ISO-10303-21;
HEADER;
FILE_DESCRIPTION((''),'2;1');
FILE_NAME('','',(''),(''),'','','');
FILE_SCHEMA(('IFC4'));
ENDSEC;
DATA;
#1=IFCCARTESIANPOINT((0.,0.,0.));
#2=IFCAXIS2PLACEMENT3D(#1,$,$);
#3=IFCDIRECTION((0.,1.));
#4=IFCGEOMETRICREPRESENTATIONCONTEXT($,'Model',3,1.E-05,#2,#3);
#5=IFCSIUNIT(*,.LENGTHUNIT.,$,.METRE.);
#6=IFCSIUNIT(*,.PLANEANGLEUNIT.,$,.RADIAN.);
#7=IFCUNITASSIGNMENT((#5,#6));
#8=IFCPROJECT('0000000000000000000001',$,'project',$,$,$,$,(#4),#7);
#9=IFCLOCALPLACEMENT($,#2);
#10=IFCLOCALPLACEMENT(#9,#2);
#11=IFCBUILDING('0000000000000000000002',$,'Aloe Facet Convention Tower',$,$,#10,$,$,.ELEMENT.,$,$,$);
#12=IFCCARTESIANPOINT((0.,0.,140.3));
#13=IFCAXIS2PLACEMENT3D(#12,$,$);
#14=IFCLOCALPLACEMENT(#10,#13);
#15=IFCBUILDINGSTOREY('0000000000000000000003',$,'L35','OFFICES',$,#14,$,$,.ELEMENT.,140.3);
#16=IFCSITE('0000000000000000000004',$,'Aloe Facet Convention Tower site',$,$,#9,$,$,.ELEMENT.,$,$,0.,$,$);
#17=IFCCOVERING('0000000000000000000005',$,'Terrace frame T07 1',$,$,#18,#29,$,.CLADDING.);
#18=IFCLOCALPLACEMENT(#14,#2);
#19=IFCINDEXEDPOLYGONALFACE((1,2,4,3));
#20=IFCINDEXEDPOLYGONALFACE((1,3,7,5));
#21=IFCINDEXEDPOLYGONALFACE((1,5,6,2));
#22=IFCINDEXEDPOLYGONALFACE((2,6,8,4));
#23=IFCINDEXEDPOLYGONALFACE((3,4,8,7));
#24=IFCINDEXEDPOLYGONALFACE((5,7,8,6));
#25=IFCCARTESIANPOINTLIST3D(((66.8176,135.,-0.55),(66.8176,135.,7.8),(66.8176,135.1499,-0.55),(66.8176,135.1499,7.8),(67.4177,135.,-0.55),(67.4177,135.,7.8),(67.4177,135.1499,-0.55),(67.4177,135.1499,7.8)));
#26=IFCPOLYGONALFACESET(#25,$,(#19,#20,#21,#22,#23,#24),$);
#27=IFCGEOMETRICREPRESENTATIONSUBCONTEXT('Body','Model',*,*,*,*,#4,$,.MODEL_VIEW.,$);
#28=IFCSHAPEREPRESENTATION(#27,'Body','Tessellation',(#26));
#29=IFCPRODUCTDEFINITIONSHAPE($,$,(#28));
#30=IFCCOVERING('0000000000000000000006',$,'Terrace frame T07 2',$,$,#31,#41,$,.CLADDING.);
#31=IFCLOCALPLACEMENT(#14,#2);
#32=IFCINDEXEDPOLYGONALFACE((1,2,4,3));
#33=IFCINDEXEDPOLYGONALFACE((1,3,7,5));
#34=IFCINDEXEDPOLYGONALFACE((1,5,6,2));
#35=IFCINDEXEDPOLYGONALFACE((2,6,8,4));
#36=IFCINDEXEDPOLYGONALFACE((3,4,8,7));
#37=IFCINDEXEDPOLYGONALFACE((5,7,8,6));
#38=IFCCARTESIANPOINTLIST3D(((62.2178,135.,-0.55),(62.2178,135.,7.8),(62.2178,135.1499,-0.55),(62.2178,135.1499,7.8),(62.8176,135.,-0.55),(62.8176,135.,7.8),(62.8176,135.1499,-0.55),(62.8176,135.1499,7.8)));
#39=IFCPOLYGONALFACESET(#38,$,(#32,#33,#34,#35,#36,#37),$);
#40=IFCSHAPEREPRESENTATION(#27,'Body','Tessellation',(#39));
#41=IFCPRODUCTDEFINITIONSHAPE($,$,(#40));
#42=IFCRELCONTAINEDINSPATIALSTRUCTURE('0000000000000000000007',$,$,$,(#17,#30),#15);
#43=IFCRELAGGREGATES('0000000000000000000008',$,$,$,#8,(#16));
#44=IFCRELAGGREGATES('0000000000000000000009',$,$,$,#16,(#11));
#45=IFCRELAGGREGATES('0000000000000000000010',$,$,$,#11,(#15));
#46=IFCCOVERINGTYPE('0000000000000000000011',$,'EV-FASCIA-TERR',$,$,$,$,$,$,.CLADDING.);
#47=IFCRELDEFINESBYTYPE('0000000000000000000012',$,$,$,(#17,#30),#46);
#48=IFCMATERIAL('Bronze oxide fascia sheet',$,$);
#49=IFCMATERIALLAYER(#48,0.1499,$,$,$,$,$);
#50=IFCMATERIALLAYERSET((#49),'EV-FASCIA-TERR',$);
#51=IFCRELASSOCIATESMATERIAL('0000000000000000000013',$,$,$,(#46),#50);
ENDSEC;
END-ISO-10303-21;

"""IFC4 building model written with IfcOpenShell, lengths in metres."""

from ifc_helpers import new_model, si_unit, direction, frame, origin, place, context, subcontext, project, spatial, polyline, outline, extrude, material, layer, layer_set, type_object, element, save


model = new_model("IFC4")

# Units and contexts
model_context = context("Model", 3, precision=1e-05, world=origin(), true_north=direction((0.0, 1.0)))
body_context = subcontext(model_context, "Body", "Model", "MODEL_VIEW")
ifc_project = project(units=[si_unit("LENGTHUNIT", "METRE"), si_unit("PLANEANGLEUNIT", "RADIAN")], contexts=[model_context])

# Site, building, storey
site_placement = place(None, origin())
site = spatial("IfcSite", under=ifc_project, at=site_placement, Name="Aloe Facet Convention Tower site", CompositionType="ELEMENT", RefElevation=0.0)
building_placement = place(site_placement, origin())
building = spatial("IfcBuilding", under=site, at=building_placement, Name="Aloe Facet Convention Tower", CompositionType="ELEMENT")
storey_placement = place(building_placement, frame((0.0, 0.0, 140.3)))
storey = spatial("IfcBuildingStorey", under=building, at=storey_placement, Name="L35", Description="OFFICES", CompositionType="ELEMENT", Elevation=140.3)

# Coverings
ifc_material_1 = material(Name="Bronze oxide fascia sheet")
ifc_layer_1 = layer(ifc_material_1, 0.1499)
ifc_layer_set_1 = layer_set([ifc_layer_1], Name="EV-FASCIA-TERR")
covering_type = type_object("IfcCoveringType", Name="EV-FASCIA-TERR", PredefinedType="CLADDING", material=ifc_layer_set_1)
covering_1_placement = place(storey_placement, frame((0.0, 0.0, -0.55)))
element("IfcCovering", 1, at=covering_1_placement, inside=storey, type_object=covering_type, Name="Terrace frame T07 1", PredefinedType="CLADDING", context=body_context, shape_type="SweptSolid", body=[
    extrude(outline(polyline([(67.4177, 135.1499), (66.8176, 135.1499), (66.8176, 135.0), (67.4177, 135.0), (67.4177, 135.1499)])), origin(), (0.0, 0.0, 1.0), 8.3501),
])
covering_2_placement = place(storey_placement, frame((0.0, 0.0, -0.55)))
element("IfcCovering", 2, at=covering_2_placement, inside=storey, type_object=covering_type, Name="Terrace frame T07 2", PredefinedType="CLADDING", context=body_context, shape_type="SweptSolid", body=[
    extrude(outline(polyline([(62.8176, 135.1499), (62.2178, 135.1499), (62.2178, 135.0), (62.8176, 135.0), (62.8176, 135.1499)])), origin(), (0.0, 0.0, 1.0), 8.3501),
])

save(model, "model.ifc")
